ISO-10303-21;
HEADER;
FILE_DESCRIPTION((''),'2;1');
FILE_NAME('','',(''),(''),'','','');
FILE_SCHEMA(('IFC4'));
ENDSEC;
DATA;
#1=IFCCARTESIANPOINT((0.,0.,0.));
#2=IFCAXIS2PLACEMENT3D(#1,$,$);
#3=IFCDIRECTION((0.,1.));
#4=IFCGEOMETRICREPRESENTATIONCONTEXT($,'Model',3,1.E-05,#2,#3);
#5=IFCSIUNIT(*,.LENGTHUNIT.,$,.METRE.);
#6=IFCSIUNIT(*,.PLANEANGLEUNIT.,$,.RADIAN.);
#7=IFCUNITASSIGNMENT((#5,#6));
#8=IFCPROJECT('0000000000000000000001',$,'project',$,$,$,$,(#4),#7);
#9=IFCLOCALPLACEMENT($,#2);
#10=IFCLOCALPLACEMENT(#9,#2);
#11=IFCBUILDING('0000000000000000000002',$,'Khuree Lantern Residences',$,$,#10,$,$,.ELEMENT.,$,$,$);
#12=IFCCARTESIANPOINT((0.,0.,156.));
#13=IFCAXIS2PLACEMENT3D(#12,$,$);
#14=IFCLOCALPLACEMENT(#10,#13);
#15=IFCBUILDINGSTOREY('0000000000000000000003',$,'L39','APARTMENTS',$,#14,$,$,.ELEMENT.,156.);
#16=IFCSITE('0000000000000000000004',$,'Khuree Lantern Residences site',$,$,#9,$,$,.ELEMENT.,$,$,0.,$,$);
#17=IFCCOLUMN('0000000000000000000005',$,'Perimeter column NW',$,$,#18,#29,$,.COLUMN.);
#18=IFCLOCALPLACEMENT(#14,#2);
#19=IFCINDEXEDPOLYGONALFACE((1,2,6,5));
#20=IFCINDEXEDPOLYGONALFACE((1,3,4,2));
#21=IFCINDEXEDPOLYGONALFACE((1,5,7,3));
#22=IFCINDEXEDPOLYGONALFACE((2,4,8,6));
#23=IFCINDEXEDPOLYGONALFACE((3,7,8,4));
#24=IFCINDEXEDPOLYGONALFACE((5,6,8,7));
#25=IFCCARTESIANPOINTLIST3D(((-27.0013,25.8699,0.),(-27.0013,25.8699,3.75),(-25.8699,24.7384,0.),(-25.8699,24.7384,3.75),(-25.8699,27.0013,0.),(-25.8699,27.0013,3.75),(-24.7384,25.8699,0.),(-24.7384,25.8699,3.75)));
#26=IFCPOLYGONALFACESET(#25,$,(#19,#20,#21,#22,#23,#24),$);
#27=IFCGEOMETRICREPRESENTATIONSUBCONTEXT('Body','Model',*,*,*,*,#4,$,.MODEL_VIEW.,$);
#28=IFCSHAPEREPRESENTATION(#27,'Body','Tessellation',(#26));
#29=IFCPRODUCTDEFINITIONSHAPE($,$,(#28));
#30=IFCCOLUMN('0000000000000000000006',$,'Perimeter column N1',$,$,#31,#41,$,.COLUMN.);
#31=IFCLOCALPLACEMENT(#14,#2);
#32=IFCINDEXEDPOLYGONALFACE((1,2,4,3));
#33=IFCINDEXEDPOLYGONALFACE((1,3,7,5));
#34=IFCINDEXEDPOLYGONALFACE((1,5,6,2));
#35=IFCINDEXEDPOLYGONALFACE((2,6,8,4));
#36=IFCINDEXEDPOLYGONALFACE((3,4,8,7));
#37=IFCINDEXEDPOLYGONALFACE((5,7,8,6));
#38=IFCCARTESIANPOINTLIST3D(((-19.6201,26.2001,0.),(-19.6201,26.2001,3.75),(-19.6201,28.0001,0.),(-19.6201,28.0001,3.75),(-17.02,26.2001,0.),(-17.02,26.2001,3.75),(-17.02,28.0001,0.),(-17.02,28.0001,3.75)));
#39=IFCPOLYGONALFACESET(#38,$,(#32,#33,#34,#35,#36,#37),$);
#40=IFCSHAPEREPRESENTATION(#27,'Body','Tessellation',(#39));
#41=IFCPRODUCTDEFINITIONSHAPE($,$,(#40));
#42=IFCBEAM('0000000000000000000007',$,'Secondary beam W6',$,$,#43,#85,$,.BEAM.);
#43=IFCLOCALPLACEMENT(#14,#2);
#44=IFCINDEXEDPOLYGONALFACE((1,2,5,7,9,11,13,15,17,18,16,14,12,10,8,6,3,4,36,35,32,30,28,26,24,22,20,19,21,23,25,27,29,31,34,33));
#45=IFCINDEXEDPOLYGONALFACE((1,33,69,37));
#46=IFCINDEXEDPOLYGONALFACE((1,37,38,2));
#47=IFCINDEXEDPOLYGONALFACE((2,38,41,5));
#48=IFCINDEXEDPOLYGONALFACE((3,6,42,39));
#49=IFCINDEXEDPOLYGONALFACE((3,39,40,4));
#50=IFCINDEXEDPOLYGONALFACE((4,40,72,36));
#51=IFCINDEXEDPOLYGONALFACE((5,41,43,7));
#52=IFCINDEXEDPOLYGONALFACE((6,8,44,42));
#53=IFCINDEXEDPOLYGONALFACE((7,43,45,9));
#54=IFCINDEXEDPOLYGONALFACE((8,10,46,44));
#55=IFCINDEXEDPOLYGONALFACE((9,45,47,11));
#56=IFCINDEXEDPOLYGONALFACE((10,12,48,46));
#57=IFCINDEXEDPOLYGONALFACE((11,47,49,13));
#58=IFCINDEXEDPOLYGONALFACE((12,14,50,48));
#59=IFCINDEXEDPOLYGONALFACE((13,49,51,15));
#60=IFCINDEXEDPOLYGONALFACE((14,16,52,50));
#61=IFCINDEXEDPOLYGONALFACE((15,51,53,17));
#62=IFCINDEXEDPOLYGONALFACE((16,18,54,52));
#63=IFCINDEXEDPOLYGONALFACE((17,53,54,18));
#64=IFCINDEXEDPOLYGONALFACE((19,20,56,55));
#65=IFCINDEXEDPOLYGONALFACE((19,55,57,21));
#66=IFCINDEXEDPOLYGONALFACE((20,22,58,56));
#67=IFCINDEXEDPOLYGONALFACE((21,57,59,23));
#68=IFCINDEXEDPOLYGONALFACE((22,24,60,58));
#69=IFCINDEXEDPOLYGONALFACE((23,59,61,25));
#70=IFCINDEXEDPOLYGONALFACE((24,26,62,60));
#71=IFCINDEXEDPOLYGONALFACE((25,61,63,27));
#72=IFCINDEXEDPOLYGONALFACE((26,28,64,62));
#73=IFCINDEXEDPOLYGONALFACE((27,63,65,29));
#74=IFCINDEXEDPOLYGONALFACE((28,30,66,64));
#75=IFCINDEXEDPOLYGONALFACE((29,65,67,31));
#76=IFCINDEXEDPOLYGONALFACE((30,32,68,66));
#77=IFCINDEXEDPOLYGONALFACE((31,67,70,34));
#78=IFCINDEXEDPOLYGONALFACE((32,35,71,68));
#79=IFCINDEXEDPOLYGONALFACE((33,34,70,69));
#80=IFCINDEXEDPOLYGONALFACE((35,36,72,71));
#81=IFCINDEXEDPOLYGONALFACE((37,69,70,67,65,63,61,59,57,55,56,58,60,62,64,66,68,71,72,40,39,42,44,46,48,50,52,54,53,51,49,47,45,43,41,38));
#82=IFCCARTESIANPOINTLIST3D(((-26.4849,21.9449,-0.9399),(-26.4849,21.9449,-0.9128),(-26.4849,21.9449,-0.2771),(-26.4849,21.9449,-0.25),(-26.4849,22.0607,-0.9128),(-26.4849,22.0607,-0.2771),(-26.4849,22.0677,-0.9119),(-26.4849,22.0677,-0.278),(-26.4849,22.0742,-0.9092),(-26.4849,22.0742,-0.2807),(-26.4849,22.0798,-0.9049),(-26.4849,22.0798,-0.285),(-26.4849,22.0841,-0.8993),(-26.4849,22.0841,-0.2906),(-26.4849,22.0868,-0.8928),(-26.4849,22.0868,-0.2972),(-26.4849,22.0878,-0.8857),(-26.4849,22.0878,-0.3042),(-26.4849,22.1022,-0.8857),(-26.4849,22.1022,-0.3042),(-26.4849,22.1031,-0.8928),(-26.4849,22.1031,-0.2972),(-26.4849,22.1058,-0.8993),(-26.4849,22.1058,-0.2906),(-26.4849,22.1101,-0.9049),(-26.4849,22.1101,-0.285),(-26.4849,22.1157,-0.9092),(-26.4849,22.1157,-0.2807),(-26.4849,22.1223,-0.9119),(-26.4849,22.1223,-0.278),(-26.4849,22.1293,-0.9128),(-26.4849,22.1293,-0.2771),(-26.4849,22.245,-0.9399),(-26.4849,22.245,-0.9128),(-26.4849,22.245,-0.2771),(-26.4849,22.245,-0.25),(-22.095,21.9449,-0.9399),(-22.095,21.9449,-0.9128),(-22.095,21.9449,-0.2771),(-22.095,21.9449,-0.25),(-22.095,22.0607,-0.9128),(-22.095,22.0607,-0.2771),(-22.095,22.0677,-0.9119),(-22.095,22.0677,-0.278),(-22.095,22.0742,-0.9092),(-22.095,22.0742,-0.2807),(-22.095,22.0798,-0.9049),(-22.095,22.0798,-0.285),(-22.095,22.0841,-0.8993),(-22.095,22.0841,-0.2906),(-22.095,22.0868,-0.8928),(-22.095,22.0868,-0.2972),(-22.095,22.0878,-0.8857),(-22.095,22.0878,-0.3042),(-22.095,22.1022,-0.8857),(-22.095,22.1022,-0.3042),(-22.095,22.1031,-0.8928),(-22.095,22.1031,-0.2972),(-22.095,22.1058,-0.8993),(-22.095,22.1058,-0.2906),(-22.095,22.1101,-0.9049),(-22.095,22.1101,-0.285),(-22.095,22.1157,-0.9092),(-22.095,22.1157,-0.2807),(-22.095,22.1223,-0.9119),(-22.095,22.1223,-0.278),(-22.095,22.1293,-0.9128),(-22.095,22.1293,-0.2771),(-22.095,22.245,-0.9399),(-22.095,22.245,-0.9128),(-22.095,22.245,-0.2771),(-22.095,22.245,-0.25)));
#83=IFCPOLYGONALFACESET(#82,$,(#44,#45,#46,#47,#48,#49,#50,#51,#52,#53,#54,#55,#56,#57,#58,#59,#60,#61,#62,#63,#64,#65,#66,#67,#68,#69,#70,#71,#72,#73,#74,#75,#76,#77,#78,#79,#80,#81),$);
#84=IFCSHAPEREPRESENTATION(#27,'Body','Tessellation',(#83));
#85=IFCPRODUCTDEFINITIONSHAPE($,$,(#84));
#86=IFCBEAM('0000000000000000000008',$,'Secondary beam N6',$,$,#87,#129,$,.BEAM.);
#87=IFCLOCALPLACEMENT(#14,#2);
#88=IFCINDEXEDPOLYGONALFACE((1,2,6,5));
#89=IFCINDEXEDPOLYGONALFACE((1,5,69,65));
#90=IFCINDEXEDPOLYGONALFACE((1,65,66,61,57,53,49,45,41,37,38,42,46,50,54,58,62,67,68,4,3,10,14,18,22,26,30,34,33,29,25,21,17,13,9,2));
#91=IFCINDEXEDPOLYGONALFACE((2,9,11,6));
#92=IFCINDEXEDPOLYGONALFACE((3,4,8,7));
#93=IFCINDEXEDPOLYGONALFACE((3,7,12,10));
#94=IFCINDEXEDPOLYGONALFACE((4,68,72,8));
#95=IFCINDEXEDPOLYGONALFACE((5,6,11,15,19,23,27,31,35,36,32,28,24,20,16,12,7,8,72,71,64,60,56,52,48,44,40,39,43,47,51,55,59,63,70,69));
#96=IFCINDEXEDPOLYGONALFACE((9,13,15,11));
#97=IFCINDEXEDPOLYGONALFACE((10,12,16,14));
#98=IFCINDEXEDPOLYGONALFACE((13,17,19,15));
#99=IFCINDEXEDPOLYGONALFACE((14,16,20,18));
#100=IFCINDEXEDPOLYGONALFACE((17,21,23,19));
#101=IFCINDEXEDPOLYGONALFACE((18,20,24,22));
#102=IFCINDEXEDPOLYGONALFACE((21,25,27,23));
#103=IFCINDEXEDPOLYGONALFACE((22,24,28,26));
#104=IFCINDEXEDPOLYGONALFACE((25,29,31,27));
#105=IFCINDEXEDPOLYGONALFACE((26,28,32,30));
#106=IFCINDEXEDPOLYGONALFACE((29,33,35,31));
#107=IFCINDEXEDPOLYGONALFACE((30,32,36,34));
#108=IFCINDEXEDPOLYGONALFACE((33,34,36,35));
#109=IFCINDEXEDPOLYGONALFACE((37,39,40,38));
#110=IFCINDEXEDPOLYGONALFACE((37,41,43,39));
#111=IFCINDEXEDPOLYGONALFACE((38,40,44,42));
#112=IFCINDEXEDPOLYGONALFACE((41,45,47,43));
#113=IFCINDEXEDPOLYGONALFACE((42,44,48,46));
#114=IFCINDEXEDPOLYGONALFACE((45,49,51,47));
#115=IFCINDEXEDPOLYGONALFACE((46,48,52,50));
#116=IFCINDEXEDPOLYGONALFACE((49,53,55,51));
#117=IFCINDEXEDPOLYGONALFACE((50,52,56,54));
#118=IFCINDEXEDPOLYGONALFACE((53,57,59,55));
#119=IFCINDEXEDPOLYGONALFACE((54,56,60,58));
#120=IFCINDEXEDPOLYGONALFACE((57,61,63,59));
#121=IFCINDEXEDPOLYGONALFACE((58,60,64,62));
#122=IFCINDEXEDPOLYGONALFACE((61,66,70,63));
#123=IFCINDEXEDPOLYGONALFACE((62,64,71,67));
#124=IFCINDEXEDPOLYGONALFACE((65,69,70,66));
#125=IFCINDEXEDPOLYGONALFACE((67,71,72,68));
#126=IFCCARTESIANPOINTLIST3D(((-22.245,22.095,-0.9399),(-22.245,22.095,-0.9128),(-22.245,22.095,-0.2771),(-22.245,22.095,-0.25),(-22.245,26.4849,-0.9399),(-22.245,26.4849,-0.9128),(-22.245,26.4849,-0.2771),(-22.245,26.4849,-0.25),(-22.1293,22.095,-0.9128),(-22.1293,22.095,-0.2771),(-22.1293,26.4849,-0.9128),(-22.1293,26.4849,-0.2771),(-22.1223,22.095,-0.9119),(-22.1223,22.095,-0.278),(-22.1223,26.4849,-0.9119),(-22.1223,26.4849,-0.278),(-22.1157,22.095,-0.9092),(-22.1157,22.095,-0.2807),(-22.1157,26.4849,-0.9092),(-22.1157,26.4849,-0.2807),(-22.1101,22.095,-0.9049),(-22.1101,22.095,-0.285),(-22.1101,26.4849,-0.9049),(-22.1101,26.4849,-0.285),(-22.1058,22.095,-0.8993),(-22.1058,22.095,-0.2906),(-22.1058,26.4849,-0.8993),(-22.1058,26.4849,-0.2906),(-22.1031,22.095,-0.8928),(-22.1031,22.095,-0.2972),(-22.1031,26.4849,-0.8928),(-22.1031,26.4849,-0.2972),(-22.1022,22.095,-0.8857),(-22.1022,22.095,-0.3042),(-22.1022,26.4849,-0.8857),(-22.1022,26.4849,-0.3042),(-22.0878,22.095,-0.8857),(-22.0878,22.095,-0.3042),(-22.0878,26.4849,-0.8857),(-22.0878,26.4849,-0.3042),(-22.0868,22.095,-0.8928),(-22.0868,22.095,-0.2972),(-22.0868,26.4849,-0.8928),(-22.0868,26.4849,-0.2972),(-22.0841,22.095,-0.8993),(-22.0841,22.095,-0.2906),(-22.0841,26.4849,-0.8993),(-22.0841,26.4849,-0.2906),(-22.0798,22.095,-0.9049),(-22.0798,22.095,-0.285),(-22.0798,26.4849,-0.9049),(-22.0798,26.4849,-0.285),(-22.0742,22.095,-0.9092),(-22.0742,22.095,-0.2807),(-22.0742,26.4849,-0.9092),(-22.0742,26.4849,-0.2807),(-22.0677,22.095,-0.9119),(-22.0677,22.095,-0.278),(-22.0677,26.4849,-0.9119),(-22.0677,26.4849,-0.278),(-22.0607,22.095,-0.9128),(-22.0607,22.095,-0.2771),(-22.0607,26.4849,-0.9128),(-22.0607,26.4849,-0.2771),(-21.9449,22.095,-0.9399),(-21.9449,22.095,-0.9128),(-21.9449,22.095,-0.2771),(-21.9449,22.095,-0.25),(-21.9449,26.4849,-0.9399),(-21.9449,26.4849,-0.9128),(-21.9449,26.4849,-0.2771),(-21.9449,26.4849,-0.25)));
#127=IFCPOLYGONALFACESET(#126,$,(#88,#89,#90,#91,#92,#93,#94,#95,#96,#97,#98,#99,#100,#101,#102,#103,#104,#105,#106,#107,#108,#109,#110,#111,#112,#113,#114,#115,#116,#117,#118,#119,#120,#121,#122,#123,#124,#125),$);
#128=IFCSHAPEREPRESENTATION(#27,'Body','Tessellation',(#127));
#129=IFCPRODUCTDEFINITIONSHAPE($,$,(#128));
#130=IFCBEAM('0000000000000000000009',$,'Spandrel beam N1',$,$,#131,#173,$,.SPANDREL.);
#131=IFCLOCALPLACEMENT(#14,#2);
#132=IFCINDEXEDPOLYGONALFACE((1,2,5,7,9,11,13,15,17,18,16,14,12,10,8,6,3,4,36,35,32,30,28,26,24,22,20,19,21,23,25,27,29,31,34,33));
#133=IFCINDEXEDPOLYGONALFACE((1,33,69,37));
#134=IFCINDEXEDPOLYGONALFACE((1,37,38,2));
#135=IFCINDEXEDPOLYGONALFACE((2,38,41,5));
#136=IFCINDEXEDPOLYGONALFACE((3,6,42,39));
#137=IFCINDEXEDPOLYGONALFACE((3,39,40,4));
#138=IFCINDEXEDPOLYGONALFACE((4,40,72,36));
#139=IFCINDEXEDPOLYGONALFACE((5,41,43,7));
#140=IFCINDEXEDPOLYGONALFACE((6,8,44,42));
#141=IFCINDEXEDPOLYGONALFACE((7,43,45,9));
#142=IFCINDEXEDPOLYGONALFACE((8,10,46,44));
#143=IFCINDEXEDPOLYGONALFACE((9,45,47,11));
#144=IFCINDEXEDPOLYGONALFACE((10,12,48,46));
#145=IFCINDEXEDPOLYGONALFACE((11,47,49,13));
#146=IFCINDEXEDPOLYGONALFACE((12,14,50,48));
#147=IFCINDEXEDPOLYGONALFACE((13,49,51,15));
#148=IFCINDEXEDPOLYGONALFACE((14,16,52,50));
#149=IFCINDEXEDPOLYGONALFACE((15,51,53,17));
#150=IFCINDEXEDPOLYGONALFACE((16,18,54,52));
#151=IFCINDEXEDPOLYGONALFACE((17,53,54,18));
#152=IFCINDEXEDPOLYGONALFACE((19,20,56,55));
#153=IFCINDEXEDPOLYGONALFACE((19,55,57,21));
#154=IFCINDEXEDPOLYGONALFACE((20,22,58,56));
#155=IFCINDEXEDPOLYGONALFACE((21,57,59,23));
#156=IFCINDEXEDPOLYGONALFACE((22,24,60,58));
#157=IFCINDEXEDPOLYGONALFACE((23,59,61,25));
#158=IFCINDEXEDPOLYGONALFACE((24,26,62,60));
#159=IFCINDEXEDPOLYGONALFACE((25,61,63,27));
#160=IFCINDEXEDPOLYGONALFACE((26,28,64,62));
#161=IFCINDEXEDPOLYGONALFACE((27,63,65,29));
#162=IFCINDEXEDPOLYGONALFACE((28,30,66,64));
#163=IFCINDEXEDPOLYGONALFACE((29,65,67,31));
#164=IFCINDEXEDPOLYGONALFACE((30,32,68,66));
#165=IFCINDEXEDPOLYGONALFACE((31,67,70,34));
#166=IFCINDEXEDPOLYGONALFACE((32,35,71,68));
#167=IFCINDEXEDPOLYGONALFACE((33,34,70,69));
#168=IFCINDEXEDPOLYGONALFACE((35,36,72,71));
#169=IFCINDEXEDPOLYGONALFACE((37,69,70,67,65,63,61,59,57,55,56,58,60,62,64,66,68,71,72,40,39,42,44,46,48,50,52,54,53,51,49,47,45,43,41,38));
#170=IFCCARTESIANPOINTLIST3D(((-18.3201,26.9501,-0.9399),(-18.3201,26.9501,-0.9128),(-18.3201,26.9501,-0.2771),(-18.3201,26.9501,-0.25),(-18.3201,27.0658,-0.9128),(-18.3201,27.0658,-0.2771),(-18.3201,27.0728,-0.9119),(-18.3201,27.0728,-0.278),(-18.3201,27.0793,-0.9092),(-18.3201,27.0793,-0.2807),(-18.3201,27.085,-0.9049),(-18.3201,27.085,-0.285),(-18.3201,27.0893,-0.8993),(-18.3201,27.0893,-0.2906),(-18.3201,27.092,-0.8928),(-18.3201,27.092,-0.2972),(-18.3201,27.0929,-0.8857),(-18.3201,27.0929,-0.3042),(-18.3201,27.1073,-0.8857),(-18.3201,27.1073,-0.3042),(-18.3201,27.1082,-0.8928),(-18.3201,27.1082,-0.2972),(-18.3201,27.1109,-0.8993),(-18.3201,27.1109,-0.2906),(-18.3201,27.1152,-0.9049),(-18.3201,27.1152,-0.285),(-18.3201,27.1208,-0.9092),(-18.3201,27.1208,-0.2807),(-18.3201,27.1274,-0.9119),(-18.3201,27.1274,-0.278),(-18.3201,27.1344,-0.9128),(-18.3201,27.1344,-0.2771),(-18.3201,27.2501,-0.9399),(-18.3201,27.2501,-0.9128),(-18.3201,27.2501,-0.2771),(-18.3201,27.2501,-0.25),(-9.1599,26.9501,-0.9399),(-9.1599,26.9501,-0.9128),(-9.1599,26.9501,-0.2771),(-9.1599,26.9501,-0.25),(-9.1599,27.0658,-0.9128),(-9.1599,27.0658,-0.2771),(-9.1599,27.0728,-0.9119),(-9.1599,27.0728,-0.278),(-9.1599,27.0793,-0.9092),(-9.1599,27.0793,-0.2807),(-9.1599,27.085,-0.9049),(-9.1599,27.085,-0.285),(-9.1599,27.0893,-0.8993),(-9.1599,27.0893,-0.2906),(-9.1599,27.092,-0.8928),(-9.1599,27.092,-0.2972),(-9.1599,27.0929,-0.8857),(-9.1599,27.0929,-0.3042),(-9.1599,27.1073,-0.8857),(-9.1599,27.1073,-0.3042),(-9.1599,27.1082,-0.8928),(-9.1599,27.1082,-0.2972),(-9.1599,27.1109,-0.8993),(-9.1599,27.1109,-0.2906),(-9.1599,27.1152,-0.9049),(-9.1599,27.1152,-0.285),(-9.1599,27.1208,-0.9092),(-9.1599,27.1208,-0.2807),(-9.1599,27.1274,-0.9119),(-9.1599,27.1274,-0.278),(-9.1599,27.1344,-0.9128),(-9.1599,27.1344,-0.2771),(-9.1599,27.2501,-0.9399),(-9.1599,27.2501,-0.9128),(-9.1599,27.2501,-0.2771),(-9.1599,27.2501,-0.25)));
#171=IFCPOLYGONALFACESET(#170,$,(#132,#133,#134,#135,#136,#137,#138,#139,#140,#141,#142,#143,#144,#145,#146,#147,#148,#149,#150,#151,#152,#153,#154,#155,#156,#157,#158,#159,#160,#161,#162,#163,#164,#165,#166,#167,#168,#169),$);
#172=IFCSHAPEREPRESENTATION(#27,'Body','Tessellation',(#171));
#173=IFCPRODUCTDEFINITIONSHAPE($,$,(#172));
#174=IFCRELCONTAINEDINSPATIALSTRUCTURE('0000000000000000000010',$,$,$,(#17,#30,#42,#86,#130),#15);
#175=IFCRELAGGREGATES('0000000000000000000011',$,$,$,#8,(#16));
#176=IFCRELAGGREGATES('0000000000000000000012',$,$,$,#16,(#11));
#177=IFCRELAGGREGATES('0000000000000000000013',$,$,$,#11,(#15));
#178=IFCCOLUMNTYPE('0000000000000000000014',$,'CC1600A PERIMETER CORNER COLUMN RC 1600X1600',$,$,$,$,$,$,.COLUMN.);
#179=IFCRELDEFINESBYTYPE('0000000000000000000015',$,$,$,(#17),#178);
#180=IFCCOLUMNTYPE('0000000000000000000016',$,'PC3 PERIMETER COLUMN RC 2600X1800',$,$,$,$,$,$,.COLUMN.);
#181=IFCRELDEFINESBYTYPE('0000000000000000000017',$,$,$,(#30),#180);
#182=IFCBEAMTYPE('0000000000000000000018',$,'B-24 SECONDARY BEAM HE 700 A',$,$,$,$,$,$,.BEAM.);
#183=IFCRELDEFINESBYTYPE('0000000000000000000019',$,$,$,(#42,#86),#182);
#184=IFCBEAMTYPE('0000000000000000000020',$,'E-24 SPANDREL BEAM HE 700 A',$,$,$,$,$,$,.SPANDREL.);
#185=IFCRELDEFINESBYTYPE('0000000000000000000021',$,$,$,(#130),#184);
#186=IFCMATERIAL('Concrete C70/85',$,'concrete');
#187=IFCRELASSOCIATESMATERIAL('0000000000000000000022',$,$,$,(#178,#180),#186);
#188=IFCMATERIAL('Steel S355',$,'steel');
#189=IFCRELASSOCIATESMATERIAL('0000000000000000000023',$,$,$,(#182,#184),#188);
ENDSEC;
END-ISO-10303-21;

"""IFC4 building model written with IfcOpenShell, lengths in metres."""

from ifc_helpers import new_model, si_unit, direction, frame, origin, origin_2d, place, context, subcontext, project, spatial, rectangle, i_section, extrude, material, material_profile, profile_set, type_object, element, save


model = new_model("IFC4")

# Units and contexts
model_context = context("Model", 3, precision=1e-05, world=origin(), true_north=direction((0.0, 1.0)))
body_context = subcontext(model_context, "Body", "Model", "MODEL_VIEW")
ifc_project = project(units=[si_unit("LENGTHUNIT", "METRE"), si_unit("PLANEANGLEUNIT", "RADIAN")], contexts=[model_context])

# Site, building, storey
site_placement = place(None, origin())
site = spatial("IfcSite", under=ifc_project, at=site_placement, Name="Khuree Lantern Residences site", CompositionType="ELEMENT", RefElevation=0.0)
building_placement = place(site_placement, origin())
building = spatial("IfcBuilding", under=site, at=building_placement, Name="Khuree Lantern Residences", CompositionType="ELEMENT")
storey_placement = place(building_placement, frame((0.0, 0.0, 156.0)))
storey = spatial("IfcBuildingStorey", under=building, at=storey_placement, Name="L39", Description="APARTMENTS", CompositionType="ELEMENT", Elevation=156.0)

# Columns
ifc_material_1 = material(Name="Concrete C70/85", Category="concrete")
ifc_material_profile_1 = material_profile(ifc_material_1, rectangle(XDim=1.6001, YDim=1.6001, at=origin_2d()), Name="RC 1600X1600")
ifc_profile_set_1 = profile_set([ifc_material_profile_1], Name="Concrete C70/85")
column_type_1 = type_object("IfcColumnType", Name="CC1600A PERIMETER CORNER COLUMN RC 1600X1600", PredefinedType="COLUMN", material=ifc_profile_set_1)
column_1_placement = place(storey_placement, frame((-25.8699, 25.8699, 0.0), z_axis=(0.0, 0.0, 1.0), x_axis=(0.707107, 0.707107, 0.0)))
element("IfcColumn", 1, at=column_1_placement, inside=storey, type_object=column_type_1, Name="Perimeter column NW", PredefinedType="COLUMN", context=body_context, shape_type="SweptSolid", body=[
    extrude(rectangle(XDim=1.6001, YDim=1.6001, at=origin_2d()), origin(), (0.0, 0.0, 1.0), 3.75),
])
ifc_material_profile_2 = material_profile(ifc_material_1, rectangle(XDim=2.6001, YDim=1.8, at=origin_2d()), Name="RC 2600X1800")
ifc_profile_set_2 = profile_set([ifc_material_profile_2], Name="Concrete C70/85")
column_type_2 = type_object("IfcColumnType", Name="PC3 PERIMETER COLUMN RC 2600X1800", PredefinedType="COLUMN", material=ifc_profile_set_2)
column_2_placement = place(storey_placement, frame((-18.3201, 27.1001, 0.0), z_axis=(0.0, 0.0, 1.0), x_axis=(1.0, 0.0, 0.0)))
element("IfcColumn", 2, at=column_2_placement, inside=storey, type_object=column_type_2, Name="Perimeter column N1", PredefinedType="COLUMN", context=body_context, shape_type="SweptSolid", body=[
    extrude(rectangle(XDim=2.6001, YDim=1.8, at=origin_2d()), origin(), (0.0, 0.0, 1.0), 3.75),
])

# Beams
ifc_material_2 = material(Name="Steel S355", Category="steel")
ifc_material_profile_3 = material_profile(ifc_material_2, i_section(OverallWidth=0.3, OverallDepth=0.6899, WebThickness=0.0144, FlangeThickness=0.0271, FilletRadius=0.0271, at=origin_2d()), Name="HE 700 A")
ifc_profile_set_3 = profile_set([ifc_material_profile_3], Name="Steel S355")
beam_type_1 = type_object("IfcBeamType", Name="B-24 SECONDARY BEAM HE 700 A", PredefinedType="BEAM", material=ifc_profile_set_3)
for number, where, z_axis, x_axis, name in (
    (3, (-26.4849, 22.095, -0.595), (1.0, 0.0, 0.0), (0.0, 1.0, 0.0), "Secondary beam W6"),
    (4, (-22.095, 26.4849, -0.595), (0.0, -1.0, 0.0), (1.0, 0.0, 0.0), "Secondary beam N6"),
):
    element("IfcBeam", number, at=place(storey_placement, frame(where, z_axis=z_axis, x_axis=x_axis)), inside=storey, type_object=beam_type_1, Name=name, PredefinedType="BEAM", context=body_context, shape_type="SweptSolid", body=[
        extrude(i_section(OverallWidth=0.3, OverallDepth=0.6899, WebThickness=0.0144, FlangeThickness=0.0271, FilletRadius=0.0271, at=origin_2d()), origin(), (0.0, 0.0, 1.0), 4.3899),
    ])
ifc_material_profile_4 = material_profile(ifc_material_2, i_section(OverallWidth=0.3, OverallDepth=0.6899, WebThickness=0.0144, FlangeThickness=0.0271, FilletRadius=0.0271, at=origin_2d()), Name="HE 700 A")
ifc_profile_set_4 = profile_set([ifc_material_profile_4], Name="Steel S355")
beam_type_2 = type_object("IfcBeamType", Name="E-24 SPANDREL BEAM HE 700 A", PredefinedType="SPANDREL", material=ifc_profile_set_4)
beam_1_placement = place(storey_placement, frame((-18.3201, 27.1001, -0.595), z_axis=(1.0, 0.0, 0.0), x_axis=(0.0, 1.0, 0.0)))
element("IfcBeam", 5, at=beam_1_placement, inside=storey, type_object=beam_type_2, Name="Spandrel beam N1", PredefinedType="SPANDREL", context=body_context, shape_type="SweptSolid", body=[
    extrude(i_section(OverallWidth=0.3, OverallDepth=0.6899, WebThickness=0.0144, FlangeThickness=0.0271, FilletRadius=0.0271, at=origin_2d()), origin(), (0.0, 0.0, 1.0), 9.1602),
])

save(model, "model.ifc")
